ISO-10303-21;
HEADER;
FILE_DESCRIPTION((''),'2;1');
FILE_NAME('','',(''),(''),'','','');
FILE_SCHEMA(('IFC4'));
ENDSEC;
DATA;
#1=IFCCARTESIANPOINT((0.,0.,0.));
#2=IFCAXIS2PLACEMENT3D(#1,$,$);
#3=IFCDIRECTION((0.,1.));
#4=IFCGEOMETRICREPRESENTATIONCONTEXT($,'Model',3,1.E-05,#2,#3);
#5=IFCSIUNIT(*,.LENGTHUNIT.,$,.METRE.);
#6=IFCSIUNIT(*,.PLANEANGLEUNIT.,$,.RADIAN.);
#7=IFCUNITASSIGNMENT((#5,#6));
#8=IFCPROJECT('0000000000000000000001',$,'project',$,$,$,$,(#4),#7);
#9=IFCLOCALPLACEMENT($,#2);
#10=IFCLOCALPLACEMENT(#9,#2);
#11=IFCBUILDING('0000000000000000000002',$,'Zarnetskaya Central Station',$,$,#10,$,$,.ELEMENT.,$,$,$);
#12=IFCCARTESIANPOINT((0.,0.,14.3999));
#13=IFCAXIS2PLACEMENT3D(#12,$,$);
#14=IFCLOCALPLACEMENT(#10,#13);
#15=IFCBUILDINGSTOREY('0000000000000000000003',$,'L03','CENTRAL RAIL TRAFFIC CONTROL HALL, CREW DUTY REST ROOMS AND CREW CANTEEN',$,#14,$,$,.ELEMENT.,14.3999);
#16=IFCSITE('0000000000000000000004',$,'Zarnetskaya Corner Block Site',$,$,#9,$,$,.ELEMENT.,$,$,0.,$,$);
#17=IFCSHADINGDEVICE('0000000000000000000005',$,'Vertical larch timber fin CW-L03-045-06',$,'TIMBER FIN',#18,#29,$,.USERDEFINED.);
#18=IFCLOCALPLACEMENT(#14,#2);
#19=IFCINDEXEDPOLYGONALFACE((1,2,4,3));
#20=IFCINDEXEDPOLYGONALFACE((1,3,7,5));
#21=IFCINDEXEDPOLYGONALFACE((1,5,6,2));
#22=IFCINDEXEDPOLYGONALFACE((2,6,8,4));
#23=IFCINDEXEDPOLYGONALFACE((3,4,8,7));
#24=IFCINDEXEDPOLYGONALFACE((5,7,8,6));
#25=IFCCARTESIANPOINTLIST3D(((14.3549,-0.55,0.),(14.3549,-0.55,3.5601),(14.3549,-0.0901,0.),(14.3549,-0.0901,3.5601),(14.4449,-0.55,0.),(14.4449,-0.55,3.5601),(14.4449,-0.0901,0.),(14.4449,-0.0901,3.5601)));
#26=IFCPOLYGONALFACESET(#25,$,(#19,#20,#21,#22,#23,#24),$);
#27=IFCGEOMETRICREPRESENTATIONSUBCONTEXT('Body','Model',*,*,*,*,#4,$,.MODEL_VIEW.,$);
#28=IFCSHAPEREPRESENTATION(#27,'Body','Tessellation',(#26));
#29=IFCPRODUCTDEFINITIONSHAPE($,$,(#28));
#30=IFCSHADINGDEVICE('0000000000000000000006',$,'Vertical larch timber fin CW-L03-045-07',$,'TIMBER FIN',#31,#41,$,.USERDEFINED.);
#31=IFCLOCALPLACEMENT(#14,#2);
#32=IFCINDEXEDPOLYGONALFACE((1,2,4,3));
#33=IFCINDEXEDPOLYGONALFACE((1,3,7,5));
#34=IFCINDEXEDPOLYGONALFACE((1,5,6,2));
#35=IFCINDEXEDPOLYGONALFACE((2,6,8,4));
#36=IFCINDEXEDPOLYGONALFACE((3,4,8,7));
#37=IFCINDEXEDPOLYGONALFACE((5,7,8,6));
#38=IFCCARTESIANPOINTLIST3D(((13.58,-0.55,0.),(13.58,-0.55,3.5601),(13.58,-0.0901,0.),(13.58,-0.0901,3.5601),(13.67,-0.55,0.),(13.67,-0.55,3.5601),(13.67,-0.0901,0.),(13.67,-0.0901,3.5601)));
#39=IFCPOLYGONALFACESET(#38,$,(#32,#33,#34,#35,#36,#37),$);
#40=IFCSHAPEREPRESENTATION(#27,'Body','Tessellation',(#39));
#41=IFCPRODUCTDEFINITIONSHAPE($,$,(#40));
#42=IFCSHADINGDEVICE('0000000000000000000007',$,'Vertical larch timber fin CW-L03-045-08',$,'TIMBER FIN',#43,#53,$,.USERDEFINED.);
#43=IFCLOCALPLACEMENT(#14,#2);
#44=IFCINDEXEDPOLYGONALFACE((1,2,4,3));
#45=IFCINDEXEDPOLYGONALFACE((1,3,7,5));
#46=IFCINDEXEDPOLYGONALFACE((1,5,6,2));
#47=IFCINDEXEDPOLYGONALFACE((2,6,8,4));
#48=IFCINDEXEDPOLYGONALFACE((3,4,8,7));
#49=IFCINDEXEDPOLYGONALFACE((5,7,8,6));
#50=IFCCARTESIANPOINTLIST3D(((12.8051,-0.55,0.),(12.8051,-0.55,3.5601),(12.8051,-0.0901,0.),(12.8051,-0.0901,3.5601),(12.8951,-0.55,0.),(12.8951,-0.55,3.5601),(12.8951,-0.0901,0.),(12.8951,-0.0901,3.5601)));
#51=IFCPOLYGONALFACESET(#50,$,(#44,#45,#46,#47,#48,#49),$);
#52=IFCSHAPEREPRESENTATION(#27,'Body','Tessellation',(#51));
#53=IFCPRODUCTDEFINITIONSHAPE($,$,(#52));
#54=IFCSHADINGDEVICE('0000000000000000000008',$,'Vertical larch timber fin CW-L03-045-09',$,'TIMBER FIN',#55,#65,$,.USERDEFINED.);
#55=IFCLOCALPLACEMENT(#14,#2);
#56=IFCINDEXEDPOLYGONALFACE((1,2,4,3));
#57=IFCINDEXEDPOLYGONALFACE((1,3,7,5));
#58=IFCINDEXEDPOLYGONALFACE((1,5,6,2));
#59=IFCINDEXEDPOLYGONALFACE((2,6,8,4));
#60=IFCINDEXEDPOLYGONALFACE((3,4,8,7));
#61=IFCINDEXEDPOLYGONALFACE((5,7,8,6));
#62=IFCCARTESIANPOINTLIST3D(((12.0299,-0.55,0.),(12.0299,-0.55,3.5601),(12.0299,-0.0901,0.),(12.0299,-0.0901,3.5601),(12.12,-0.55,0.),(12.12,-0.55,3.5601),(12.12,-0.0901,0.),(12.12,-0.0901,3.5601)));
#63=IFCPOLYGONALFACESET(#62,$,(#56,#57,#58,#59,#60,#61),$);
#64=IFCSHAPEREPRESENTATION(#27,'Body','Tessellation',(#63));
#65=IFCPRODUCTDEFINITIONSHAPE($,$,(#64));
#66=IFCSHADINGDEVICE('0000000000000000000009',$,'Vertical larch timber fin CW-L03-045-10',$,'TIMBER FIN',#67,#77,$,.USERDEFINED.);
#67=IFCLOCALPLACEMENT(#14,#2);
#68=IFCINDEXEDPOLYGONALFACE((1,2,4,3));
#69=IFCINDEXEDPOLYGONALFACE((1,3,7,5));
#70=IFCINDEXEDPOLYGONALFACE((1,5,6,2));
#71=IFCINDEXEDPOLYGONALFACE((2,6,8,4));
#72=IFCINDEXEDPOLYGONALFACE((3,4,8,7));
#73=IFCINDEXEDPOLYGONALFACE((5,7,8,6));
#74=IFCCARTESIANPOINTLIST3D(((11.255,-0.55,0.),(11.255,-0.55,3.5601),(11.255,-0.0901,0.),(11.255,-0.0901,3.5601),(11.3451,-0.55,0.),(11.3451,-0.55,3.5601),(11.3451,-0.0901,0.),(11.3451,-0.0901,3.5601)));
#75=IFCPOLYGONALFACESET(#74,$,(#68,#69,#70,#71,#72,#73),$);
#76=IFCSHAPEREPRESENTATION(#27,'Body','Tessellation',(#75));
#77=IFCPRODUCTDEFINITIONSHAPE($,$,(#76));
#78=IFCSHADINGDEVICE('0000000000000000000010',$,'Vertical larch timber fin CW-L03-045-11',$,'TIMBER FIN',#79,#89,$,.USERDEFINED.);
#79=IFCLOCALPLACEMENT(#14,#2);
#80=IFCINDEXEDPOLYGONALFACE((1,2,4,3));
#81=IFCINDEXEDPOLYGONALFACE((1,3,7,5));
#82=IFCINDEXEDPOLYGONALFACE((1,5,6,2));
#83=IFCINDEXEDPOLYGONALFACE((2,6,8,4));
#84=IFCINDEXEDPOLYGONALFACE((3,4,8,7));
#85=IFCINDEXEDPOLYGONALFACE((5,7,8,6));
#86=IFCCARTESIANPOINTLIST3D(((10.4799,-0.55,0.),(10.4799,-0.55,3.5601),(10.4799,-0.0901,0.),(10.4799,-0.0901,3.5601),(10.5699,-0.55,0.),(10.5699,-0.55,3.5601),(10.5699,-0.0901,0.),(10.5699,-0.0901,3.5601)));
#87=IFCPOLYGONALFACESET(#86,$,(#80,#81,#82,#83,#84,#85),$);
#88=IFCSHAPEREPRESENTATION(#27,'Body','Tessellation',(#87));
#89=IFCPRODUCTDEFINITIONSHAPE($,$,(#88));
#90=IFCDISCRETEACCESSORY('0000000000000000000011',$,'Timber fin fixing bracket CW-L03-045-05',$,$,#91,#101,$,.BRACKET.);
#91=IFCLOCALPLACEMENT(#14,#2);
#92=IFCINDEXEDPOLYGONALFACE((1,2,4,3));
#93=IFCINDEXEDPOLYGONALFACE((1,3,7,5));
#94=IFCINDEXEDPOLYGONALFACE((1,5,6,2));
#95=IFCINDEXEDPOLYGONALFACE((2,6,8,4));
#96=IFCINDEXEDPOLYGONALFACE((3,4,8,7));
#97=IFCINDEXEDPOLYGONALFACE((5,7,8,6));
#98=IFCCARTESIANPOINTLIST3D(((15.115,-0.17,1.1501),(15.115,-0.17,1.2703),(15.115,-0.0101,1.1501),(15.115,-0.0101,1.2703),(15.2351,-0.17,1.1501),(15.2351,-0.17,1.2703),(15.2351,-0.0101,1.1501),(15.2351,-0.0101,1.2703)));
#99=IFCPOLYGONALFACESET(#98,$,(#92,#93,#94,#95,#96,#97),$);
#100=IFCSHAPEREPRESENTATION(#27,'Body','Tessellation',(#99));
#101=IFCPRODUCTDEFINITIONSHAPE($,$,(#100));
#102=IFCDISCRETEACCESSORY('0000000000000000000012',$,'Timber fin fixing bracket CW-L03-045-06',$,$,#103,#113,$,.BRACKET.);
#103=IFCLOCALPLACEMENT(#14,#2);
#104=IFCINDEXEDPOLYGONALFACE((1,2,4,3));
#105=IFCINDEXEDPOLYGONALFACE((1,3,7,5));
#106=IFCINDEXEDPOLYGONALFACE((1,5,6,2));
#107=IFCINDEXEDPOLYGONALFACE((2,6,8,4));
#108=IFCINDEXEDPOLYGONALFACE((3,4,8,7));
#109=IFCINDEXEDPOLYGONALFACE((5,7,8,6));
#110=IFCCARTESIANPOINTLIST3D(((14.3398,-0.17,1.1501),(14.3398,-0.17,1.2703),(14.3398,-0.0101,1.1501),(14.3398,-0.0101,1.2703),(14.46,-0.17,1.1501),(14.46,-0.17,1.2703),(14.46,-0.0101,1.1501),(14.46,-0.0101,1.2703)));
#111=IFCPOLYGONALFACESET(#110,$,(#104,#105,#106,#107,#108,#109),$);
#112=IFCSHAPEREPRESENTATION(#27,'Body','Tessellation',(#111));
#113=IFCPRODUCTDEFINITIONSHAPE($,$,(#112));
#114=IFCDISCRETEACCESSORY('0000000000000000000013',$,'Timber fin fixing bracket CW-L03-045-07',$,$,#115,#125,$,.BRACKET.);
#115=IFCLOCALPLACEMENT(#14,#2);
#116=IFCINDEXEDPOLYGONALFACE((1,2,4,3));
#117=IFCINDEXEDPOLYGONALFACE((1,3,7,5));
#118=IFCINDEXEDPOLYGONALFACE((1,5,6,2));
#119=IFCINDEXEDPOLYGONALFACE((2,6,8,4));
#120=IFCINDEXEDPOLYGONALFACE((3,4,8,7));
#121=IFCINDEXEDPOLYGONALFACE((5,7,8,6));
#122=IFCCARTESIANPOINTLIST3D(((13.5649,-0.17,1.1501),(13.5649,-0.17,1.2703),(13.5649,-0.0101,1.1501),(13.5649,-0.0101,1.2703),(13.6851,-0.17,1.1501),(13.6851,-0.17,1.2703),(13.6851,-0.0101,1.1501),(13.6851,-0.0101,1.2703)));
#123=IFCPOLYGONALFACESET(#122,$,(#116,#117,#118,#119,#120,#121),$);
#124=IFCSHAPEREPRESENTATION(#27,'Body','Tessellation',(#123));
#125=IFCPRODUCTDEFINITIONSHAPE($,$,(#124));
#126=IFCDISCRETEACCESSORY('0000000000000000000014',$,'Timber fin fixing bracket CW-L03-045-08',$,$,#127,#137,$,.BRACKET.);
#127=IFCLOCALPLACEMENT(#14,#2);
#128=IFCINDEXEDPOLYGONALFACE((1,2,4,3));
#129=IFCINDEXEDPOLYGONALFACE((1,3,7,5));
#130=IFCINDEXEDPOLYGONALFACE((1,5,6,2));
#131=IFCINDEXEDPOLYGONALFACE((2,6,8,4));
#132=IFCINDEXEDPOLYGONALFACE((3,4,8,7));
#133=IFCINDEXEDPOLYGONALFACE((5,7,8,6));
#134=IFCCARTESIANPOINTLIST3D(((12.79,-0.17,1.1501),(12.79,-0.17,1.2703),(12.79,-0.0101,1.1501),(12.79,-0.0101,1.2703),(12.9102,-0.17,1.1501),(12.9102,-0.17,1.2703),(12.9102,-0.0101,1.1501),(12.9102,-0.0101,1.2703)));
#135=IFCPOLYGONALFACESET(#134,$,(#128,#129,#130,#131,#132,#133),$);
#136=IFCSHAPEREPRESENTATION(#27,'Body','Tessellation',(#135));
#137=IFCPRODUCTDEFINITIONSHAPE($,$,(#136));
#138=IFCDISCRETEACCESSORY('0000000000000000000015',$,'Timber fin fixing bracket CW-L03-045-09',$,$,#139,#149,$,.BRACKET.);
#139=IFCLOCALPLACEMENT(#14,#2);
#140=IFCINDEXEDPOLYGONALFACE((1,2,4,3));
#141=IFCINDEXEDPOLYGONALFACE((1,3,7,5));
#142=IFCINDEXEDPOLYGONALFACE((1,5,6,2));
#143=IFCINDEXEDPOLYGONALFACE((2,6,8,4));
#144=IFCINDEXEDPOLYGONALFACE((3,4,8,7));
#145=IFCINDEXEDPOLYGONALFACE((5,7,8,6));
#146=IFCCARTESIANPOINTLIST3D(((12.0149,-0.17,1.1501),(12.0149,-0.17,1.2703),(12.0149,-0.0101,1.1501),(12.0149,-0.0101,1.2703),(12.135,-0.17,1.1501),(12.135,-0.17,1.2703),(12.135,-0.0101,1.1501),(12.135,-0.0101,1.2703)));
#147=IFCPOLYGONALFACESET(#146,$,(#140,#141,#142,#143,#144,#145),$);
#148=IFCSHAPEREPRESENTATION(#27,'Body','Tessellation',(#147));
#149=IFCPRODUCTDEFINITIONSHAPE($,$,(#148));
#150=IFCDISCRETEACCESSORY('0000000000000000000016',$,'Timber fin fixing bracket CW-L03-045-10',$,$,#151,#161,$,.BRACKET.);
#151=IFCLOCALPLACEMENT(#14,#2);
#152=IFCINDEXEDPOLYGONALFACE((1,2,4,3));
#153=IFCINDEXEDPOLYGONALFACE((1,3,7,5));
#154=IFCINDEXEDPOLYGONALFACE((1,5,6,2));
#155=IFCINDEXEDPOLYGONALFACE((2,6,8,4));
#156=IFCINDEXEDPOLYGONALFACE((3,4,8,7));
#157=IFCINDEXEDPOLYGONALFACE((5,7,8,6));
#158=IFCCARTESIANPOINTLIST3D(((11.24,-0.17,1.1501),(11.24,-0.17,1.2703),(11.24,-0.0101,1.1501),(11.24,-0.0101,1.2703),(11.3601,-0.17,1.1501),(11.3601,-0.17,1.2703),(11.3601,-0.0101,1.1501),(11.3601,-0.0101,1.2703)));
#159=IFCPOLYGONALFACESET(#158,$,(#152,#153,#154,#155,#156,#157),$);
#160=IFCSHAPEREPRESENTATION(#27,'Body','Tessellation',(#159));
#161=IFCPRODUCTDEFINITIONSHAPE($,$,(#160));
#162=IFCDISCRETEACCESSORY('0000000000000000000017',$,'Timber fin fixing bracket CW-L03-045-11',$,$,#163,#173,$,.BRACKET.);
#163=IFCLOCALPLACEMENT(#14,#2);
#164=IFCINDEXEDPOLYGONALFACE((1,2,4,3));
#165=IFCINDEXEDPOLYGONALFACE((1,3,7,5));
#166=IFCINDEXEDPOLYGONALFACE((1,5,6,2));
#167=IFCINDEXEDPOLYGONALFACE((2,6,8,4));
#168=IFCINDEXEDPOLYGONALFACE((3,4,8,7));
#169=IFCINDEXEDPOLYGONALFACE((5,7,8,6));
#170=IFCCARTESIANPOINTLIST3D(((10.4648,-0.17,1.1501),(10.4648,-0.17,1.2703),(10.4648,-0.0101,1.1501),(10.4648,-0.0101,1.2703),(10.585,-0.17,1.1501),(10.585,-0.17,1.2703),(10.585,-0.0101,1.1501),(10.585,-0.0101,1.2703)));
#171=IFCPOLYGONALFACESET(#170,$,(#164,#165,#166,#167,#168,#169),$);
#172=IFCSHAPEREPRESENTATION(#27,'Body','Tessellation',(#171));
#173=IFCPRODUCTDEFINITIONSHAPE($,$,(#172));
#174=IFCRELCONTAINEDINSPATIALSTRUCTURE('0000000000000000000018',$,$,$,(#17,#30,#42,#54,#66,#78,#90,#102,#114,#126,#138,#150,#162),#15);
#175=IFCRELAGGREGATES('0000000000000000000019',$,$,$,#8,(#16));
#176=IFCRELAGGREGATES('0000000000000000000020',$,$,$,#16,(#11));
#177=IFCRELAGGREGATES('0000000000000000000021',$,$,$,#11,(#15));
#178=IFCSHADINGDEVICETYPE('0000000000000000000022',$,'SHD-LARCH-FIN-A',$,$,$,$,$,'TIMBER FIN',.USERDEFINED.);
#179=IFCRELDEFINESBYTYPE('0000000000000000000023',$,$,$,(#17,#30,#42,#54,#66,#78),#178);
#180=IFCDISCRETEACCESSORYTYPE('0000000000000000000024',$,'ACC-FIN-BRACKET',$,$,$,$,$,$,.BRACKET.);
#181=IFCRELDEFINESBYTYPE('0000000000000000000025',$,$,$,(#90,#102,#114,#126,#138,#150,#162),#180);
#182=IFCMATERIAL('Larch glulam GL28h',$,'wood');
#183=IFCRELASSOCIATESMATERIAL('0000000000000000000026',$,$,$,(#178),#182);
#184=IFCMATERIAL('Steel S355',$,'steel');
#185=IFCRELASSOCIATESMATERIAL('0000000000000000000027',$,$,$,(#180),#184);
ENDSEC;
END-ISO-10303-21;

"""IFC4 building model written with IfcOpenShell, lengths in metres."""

from ifc_helpers import new_model, si_unit, direction, frame, origin, origin_2d, place, context, subcontext, project, spatial, rectangle, extrude, material, type_object, element, save


model = new_model("IFC4")

# Units and contexts
model_context = context("Model", 3, precision=1e-05, world=origin(), true_north=direction((0.0, 1.0)))
body_context = subcontext(model_context, "Body", "Model", "MODEL_VIEW")
ifc_project = project(units=[si_unit("LENGTHUNIT", "METRE"), si_unit("PLANEANGLEUNIT", "RADIAN")], contexts=[model_context])

# Site, building, storey
site_placement = place(None, origin())
site = spatial("IfcSite", under=ifc_project, at=site_placement, Name="Zarnetskaya Corner Block Site", CompositionType="ELEMENT", RefElevation=0.0)
building_placement = place(site_placement, origin())
building = spatial("IfcBuilding", under=site, at=building_placement, Name="Zarnetskaya Central Station", CompositionType="ELEMENT")
storey_placement = place(building_placement, frame((0.0, 0.0, 14.3999)))
storey = spatial("IfcBuildingStorey", under=building, at=storey_placement, Name="L03", Description="CENTRAL RAIL TRAFFIC CONTROL HALL, CREW DUTY REST ROOMS AND CREW CANTEEN", CompositionType="ELEMENT", Elevation=14.3999)

# Shared definitions
ifc_material_1 = material(Name="Steel S355", Category="steel")

# Shading devices
ifc_material_2 = material(Name="Larch glulam GL28h", Category="wood")
shading_device_type = type_object("IfcShadingDeviceType", Name="SHD-LARCH-FIN-A", ElementType="TIMBER FIN", PredefinedType="USERDEFINED", material=ifc_material_2)
for number, where, z_axis, x_axis, name in (
    (1, (14.3999, -0.3201, 0.0), (0.0, 0.0, 1.0), (-1.0, 0.0, 0.0), "Vertical larch timber fin CW-L03-045-06"),
    (2, (13.625, -0.3201, 0.0), (0.0, 0.0, 1.0), (-1.0, 0.0, 0.0), "Vertical larch timber fin CW-L03-045-07"),
    (3, (12.8501, -0.3201, 0.0), (0.0, 0.0, 1.0), (-1.0, 0.0, 0.0), "Vertical larch timber fin CW-L03-045-08"),
    (4, (12.075, -0.3201, 0.0), (0.0, 0.0, 1.0), (-1.0, 0.0, 0.0), "Vertical larch timber fin CW-L03-045-09"),
    (5, (11.3, -0.3201, 0.0), (0.0, 0.0, 1.0), (-1.0, 0.0, 0.0), "Vertical larch timber fin CW-L03-045-10"),
    (6, (10.5249, -0.3201, 0.0), (0.0, 0.0, 1.0), (-1.0, 0.0, 0.0), "Vertical larch timber fin CW-L03-045-11"),
):
    element("IfcShadingDevice", number, at=place(storey_placement, frame(where, z_axis=z_axis, x_axis=x_axis)), inside=storey, type_object=shading_device_type, Name=name, ObjectType="TIMBER FIN", PredefinedType="USERDEFINED", context=body_context, shape_type="SweptSolid", body=[
        extrude(rectangle(XDim=0.0901, YDim=0.46, at=origin_2d()), origin(), (0.0, 0.0, 1.0), 3.5601),
    ])

# Discrete accessories
discrete_accessory_type = type_object("IfcDiscreteAccessoryType", Name="ACC-FIN-BRACKET", PredefinedType="BRACKET", material=ifc_material_1)
for number, where, z_axis, x_axis, name in (
    (7, (15.175, -0.0901, 1.1501), (0.0, 0.0, 1.0), (-1.0, 0.0, 0.0), "Timber fin fixing bracket CW-L03-045-05"),
    (8, (14.3999, -0.0901, 1.1501), (0.0, 0.0, 1.0), (-1.0, 0.0, 0.0), "Timber fin fixing bracket CW-L03-045-06"),
    (9, (13.625, -0.0901, 1.1501), (0.0, 0.0, 1.0), (-1.0, 0.0, 0.0), "Timber fin fixing bracket CW-L03-045-07"),
    (10, (12.8501, -0.0901, 1.1501), (0.0, 0.0, 1.0), (-1.0, 0.0, 0.0), "Timber fin fixing bracket CW-L03-045-08"),
    (11, (12.075, -0.0901, 1.1501), (0.0, 0.0, 1.0), (-1.0, 0.0, 0.0), "Timber fin fixing bracket CW-L03-045-09"),
    (12, (11.3, -0.0901, 1.1501), (0.0, 0.0, 1.0), (-1.0, 0.0, 0.0), "Timber fin fixing bracket CW-L03-045-10"),
    (13, (10.5249, -0.0901, 1.1501), (0.0, 0.0, 1.0), (-1.0, 0.0, 0.0), "Timber fin fixing bracket CW-L03-045-11"),
):
    element("IfcDiscreteAccessory", number, at=place(storey_placement, frame(where, z_axis=z_axis, x_axis=x_axis)), inside=storey, type_object=discrete_accessory_type, Name=name, PredefinedType="BRACKET", context=body_context, shape_type="SweptSolid", body=[
        extrude(rectangle(XDim=0.1201, YDim=0.1599, at=origin_2d()), origin(), (0.0, 0.0, 1.0), 0.1201),
    ])

save(model, "model.ifc")
